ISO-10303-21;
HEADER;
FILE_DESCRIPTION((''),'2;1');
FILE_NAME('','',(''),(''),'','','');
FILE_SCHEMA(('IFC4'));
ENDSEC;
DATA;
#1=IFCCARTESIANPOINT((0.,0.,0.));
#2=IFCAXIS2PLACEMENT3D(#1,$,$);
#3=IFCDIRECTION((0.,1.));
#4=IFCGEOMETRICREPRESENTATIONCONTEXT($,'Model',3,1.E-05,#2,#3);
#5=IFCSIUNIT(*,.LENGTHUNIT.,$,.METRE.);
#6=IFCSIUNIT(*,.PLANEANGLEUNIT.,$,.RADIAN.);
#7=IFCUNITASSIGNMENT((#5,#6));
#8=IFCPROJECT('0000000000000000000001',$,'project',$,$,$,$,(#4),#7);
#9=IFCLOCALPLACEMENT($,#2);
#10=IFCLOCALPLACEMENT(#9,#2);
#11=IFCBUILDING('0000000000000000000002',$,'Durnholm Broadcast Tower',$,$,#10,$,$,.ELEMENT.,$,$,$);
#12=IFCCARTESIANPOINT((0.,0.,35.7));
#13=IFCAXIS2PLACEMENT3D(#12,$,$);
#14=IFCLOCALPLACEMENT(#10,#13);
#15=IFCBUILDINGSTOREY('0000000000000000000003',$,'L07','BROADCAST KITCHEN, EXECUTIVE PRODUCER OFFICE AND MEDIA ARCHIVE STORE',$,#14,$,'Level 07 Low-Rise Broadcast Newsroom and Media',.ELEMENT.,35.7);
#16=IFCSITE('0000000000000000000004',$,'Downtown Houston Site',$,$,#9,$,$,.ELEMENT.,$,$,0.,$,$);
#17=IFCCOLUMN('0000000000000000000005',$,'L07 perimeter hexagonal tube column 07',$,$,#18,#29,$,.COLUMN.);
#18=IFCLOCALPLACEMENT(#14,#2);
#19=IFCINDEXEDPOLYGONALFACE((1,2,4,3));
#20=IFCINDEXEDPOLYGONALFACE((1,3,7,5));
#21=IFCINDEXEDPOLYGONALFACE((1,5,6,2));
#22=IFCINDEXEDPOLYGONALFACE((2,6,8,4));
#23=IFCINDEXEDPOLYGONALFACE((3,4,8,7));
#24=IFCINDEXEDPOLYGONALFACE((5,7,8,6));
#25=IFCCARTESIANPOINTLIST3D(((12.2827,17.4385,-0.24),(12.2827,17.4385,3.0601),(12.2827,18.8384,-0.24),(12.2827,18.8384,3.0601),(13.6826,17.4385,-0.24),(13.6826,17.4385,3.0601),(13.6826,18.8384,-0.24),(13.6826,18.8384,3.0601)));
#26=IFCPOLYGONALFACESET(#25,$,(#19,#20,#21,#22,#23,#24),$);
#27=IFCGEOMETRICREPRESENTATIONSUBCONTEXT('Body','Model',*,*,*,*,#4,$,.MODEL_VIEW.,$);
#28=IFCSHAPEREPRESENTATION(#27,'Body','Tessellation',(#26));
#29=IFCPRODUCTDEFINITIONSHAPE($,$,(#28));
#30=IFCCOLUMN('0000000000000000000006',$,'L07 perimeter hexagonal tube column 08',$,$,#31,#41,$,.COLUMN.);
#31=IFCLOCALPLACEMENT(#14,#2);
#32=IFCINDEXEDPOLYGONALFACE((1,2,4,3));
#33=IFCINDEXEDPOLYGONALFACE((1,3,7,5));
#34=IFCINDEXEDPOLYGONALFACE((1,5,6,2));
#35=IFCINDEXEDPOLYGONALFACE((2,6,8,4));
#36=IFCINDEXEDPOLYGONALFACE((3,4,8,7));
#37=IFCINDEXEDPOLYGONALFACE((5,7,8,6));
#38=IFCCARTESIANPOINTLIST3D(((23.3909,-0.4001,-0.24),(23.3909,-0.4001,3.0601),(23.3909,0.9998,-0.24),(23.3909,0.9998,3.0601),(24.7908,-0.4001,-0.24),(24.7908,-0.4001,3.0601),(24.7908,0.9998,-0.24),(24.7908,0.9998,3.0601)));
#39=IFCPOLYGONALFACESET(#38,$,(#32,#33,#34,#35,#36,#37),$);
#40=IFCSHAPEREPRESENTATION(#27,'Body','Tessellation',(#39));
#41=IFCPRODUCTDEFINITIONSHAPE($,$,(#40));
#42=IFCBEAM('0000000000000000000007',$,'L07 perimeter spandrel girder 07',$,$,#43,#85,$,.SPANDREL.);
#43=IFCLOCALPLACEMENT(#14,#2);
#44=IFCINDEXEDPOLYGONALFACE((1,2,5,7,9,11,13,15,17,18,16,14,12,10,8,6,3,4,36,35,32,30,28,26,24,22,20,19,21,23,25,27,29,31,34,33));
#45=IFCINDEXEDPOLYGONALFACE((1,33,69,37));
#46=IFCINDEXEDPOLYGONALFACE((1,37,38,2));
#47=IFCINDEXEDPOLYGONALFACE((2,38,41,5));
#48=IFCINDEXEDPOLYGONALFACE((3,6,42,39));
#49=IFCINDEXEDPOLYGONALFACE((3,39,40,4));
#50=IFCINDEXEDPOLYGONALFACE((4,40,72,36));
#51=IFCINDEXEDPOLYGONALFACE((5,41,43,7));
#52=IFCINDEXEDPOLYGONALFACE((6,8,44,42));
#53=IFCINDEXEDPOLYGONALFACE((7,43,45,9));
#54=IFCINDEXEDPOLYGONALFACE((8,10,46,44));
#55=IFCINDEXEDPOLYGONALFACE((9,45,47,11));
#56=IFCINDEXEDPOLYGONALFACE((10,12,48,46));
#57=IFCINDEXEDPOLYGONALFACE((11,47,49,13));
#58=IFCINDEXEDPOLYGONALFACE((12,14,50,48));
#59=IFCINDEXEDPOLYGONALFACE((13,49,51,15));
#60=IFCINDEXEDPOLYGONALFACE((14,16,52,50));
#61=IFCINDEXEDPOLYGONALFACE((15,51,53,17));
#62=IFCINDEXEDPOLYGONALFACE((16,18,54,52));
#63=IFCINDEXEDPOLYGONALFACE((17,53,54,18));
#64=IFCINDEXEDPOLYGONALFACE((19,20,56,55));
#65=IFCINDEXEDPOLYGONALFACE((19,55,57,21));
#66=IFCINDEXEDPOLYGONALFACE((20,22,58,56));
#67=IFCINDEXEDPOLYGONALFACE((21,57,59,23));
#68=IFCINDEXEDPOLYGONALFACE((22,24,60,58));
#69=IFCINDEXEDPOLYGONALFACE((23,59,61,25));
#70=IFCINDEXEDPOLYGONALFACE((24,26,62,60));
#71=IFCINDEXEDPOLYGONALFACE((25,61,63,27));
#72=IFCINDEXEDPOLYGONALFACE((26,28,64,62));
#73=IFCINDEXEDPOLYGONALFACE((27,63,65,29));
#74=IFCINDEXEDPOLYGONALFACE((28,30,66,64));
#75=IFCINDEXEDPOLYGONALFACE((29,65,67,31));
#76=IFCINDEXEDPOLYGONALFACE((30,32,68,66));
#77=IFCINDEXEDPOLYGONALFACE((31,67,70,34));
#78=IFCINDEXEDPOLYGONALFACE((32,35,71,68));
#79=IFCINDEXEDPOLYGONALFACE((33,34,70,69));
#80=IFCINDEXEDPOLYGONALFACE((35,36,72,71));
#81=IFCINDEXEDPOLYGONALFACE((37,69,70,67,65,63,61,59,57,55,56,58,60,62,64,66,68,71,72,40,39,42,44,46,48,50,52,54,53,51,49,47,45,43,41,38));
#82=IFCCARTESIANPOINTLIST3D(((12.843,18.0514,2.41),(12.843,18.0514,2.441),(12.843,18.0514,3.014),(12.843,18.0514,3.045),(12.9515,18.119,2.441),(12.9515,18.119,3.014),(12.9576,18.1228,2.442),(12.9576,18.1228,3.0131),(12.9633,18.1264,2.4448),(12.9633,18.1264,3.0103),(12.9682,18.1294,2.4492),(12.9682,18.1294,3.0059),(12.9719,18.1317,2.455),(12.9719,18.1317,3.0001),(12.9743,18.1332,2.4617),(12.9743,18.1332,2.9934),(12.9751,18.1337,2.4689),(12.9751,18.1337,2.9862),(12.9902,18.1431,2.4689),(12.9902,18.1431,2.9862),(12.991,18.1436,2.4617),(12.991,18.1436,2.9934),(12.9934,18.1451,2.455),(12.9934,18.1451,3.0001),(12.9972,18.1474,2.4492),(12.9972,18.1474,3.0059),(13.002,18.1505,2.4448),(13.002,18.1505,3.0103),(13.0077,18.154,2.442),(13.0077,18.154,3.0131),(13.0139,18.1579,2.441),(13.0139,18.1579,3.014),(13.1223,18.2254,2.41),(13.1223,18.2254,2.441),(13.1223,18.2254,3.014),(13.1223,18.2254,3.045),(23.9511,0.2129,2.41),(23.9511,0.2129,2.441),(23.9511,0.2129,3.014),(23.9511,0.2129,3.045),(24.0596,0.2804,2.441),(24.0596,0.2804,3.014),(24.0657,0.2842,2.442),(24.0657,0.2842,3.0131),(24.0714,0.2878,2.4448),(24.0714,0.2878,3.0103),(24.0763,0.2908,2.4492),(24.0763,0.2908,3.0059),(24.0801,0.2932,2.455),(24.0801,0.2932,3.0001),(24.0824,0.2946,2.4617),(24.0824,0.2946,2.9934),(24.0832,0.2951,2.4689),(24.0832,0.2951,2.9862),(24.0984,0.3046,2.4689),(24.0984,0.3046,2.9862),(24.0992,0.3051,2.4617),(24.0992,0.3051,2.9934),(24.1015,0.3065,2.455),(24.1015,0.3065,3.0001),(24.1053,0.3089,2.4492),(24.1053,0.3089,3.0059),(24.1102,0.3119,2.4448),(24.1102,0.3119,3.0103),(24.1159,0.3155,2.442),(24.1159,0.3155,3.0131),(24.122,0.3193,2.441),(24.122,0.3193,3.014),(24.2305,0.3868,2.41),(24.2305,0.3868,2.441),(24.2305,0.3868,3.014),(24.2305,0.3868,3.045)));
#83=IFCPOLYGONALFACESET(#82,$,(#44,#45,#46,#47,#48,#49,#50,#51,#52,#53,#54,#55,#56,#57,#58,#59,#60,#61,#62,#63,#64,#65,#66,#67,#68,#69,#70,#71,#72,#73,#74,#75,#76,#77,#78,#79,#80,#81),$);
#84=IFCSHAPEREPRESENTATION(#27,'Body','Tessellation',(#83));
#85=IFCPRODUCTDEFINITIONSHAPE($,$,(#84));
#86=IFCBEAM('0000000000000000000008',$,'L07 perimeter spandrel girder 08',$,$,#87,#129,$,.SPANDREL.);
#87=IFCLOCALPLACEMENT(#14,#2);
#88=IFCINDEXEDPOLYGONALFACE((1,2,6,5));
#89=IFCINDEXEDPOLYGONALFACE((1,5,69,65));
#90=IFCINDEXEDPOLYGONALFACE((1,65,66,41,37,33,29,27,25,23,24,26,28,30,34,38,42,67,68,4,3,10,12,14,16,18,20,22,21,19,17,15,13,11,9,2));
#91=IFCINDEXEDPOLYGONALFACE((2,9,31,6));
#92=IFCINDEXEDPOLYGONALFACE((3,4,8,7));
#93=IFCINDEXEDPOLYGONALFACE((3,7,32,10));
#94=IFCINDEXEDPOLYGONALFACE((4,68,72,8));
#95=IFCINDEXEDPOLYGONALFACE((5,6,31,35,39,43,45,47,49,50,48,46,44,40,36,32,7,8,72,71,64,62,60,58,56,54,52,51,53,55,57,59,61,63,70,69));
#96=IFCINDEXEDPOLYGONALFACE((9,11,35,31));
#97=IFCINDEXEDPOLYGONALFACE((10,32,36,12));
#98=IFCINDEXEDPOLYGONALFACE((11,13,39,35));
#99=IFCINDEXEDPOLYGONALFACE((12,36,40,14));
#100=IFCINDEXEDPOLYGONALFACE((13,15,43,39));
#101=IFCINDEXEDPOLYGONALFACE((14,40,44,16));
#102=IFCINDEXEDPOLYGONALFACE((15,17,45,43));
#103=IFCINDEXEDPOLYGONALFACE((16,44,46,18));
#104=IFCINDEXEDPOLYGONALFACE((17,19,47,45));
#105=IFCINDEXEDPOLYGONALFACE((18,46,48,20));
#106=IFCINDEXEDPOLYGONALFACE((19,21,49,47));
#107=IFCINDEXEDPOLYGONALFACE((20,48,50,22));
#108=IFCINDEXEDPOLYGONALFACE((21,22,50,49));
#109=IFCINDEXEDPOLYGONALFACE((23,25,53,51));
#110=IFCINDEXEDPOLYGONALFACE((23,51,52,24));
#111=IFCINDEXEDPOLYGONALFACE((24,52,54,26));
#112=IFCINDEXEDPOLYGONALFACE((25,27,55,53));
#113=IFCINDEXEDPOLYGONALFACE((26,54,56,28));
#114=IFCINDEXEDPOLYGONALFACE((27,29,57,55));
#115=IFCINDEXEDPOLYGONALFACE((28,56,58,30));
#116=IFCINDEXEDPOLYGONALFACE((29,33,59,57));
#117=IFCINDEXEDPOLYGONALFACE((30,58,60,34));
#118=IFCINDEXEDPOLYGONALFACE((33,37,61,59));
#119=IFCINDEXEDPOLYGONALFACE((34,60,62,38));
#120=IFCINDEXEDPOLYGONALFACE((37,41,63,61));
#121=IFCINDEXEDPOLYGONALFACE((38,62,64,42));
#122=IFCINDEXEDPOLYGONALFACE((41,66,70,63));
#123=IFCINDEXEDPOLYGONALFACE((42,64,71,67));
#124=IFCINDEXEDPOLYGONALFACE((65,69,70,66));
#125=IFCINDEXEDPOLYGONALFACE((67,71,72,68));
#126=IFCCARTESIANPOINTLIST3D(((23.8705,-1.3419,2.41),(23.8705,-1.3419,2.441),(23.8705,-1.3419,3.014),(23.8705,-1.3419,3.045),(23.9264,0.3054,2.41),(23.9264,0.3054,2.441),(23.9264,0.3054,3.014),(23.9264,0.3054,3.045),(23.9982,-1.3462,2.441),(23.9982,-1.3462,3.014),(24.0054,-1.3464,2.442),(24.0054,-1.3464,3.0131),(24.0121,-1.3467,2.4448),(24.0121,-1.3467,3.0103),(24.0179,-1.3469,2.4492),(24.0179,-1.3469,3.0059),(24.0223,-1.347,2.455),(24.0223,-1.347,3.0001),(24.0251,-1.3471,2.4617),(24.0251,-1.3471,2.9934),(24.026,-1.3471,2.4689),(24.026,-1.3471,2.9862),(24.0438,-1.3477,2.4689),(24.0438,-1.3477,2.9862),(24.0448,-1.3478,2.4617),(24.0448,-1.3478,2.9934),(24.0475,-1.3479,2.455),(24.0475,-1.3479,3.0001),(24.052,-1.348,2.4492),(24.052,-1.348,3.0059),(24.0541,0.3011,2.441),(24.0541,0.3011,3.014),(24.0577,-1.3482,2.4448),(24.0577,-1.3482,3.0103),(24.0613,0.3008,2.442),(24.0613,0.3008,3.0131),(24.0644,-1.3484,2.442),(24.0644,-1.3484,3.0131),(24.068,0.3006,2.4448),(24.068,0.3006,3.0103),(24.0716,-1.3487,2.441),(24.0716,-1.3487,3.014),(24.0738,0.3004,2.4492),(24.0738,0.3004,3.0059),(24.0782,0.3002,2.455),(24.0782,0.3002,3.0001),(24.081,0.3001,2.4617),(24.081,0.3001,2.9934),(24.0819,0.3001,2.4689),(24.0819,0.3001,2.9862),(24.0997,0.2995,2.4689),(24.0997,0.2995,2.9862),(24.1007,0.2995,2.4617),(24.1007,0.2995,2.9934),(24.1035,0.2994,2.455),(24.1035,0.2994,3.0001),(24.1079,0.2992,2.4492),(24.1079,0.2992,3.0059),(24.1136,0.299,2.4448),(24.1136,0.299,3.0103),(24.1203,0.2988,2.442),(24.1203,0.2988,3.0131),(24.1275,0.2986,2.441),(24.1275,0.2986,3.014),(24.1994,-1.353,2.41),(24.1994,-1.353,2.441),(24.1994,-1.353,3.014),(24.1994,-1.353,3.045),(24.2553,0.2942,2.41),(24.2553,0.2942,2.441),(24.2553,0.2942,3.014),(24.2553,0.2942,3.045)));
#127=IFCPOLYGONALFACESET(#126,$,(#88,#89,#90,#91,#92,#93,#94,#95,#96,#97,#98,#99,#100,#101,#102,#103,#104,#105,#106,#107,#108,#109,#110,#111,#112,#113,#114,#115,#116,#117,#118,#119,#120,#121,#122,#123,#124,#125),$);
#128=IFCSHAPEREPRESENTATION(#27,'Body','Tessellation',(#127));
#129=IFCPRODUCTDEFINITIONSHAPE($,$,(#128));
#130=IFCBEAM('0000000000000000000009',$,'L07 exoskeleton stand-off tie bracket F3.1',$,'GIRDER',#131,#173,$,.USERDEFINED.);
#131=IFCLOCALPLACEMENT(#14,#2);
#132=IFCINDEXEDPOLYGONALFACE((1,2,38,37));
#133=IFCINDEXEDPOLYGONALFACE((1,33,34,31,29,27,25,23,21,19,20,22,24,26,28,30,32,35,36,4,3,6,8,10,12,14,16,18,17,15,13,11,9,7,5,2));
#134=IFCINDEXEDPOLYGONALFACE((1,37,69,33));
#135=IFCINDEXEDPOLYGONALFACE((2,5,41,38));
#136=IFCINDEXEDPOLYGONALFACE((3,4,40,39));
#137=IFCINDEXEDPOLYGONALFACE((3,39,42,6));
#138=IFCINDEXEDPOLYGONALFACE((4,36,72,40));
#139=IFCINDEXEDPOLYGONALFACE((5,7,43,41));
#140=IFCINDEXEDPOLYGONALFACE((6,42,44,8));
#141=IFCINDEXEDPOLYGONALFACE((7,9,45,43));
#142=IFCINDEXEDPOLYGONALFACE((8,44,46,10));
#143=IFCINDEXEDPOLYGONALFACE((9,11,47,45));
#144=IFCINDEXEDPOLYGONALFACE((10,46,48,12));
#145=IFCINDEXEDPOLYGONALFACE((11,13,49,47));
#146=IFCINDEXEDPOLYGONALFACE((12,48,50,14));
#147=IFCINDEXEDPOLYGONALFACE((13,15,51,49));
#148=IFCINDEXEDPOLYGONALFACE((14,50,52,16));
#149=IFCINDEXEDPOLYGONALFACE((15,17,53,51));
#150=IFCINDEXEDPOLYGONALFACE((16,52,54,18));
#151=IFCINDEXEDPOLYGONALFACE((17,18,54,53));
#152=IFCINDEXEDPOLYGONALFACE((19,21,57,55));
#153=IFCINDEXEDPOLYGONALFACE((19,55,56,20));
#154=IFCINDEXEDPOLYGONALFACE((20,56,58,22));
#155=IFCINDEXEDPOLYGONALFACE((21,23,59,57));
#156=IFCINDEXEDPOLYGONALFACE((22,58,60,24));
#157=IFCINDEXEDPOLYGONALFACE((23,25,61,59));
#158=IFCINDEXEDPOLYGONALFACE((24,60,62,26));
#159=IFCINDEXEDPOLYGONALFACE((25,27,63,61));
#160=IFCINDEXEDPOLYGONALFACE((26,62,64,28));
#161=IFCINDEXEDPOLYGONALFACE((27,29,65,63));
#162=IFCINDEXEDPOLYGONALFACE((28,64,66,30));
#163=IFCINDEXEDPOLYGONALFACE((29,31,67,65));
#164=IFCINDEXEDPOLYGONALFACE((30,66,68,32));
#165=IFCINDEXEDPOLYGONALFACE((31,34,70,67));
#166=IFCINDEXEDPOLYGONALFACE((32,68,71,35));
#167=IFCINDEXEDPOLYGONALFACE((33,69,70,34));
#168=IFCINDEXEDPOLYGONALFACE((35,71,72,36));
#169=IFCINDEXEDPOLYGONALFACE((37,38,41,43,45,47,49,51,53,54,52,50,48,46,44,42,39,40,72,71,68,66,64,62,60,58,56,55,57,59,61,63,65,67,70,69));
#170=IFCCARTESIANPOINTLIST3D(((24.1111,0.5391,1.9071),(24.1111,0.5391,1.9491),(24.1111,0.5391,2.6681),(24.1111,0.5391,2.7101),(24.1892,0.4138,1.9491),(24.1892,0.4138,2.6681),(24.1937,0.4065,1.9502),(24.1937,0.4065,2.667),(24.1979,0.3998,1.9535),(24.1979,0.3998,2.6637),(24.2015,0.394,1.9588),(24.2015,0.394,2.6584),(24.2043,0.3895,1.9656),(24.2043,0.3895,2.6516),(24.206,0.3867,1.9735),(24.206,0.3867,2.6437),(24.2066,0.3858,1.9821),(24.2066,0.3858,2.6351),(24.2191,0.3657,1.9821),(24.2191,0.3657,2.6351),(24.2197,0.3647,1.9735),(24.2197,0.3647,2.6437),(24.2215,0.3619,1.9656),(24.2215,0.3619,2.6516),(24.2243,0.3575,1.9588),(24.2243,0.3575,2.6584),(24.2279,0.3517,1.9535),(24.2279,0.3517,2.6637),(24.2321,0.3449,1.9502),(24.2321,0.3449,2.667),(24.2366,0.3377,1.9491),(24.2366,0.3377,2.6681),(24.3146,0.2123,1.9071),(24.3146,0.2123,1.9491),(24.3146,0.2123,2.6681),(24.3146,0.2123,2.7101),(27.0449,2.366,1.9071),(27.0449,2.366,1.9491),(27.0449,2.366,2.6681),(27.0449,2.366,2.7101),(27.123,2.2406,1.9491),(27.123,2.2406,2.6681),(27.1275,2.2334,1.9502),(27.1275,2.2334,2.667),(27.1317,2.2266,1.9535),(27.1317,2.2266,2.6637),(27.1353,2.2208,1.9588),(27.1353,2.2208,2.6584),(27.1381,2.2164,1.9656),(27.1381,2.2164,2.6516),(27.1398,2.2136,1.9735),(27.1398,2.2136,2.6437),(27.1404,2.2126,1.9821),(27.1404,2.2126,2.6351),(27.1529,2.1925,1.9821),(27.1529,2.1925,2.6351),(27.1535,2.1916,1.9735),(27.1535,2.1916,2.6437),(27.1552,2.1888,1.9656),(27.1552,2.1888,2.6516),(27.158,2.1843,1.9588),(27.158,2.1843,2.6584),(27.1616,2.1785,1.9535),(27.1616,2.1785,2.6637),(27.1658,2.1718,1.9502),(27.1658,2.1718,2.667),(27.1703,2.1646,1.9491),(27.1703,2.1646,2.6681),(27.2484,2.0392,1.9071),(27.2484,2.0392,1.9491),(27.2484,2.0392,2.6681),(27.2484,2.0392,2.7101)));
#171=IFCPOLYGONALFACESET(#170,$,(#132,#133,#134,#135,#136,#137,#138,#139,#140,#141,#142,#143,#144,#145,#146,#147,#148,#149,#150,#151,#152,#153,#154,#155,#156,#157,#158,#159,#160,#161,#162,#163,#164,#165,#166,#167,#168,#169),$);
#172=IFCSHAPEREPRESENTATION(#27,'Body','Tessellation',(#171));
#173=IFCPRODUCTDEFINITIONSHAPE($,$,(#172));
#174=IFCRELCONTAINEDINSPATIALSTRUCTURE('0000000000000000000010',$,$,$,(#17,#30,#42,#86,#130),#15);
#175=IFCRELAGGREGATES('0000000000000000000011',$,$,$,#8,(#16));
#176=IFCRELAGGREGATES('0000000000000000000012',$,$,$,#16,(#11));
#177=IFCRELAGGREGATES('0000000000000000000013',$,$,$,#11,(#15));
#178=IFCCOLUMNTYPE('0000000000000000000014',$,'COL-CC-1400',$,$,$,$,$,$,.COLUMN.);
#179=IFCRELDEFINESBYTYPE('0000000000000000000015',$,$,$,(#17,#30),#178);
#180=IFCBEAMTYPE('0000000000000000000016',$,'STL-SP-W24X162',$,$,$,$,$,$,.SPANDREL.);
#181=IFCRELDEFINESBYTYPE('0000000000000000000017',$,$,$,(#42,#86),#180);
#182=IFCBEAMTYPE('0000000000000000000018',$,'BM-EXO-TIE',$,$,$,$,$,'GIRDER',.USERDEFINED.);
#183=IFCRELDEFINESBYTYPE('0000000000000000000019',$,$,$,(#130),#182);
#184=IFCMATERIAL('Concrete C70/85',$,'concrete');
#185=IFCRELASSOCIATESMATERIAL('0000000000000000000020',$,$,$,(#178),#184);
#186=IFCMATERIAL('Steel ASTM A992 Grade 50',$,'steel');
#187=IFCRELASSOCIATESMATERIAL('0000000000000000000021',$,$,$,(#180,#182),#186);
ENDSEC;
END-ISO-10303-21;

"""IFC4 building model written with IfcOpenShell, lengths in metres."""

from ifc_helpers import new_model, si_unit, direction, frame, origin, origin_2d, place, context, subcontext, project, spatial, rectangle, i_section, extrude, source, transform, mapped, material, material_profile, profile_set, type_object, type_shapes, element, save


model = new_model("IFC4")

# Units and contexts
model_context = context("Model", 3, precision=1e-05, world=origin(), true_north=direction((0.0, 1.0)))
body_context = subcontext(model_context, "Body", "Model", "MODEL_VIEW")
ifc_project = project(units=[si_unit("LENGTHUNIT", "METRE"), si_unit("PLANEANGLEUNIT", "RADIAN")], contexts=[model_context])

# Site, building, storey
site_placement = place(None, origin())
site = spatial("IfcSite", under=ifc_project, at=site_placement, Name="Downtown Houston Site", CompositionType="ELEMENT", RefElevation=0.0)
building_placement = place(site_placement, origin())
building = spatial("IfcBuilding", under=site, at=building_placement, Name="Durnholm Broadcast Tower", CompositionType="ELEMENT")
storey_placement = place(building_placement, frame((0.0, 0.0, 35.7)))
storey = spatial("IfcBuildingStorey", under=building, at=storey_placement, Name="L07", Description="BROADCAST KITCHEN, EXECUTIVE PRODUCER OFFICE AND MEDIA ARCHIVE STORE", LongName="Level 07 Low-Rise Broadcast Newsroom and Media", CompositionType="ELEMENT", Elevation=35.7)

# Columns
ifc_material_1 = material(Name="Concrete C70/85", Category="concrete")
ifc_material_profile_1 = material_profile(ifc_material_1, rectangle(XDim=1.3999, YDim=1.3999, at=origin_2d()), Name="RC1400X1400")
ifc_profile_set_1 = profile_set([ifc_material_profile_1], Name="Concrete C70/85")
column_type = type_object("IfcColumnType", Name="COL-CC-1400", PredefinedType="COLUMN", material=ifc_profile_set_1)
shared_shape_1 = source(origin(), body_context, "Body", "SweptSolid", [
    extrude(rectangle(XDim=1.3999, YDim=1.3999, at=origin_2d()), origin(), (0.0, 0.0, 1.0), 3.3),
])
type_shapes(column_type, [shared_shape_1])
for number, where, z_axis, x_axis, name in (
    (1, (12.9827, 18.1384, -0.24), (0.0, 0.0, 1.0), (1.0, 0.0, 0.0), "L07 perimeter hexagonal tube column 07"),
    (2, (24.0908, 0.2998, -0.24), (0.0, 0.0, 1.0), (1.0, 0.0, 0.0), "L07 perimeter hexagonal tube column 08"),
):
    element("IfcColumn", number, at=place(storey_placement, frame(where, z_axis=z_axis, x_axis=x_axis)), inside=storey, type_object=column_type, Name=name, PredefinedType="COLUMN", context=body_context, shape_type="MappedRepresentation", body=[
        mapped(shared_shape_1, transform((0.0, 0.0, 0.0), x_axis=(1.0, 0.0, 0.0), y_axis=(0.0, 1.0, 0.0), z_axis=(0.0, 0.0, 1.0), scale=1.0)),
    ])

# Beams
ifc_material_2 = material(Name="Steel ASTM A992 Grade 50", Category="steel")
ifc_material_profile_2 = material_profile(ifc_material_2, i_section(OverallWidth=0.3291, OverallDepth=0.635, WebThickness=0.0178, FlangeThickness=0.031, FilletRadius=0.0278, at=origin_2d()), Name="W24X162")
ifc_profile_set_2 = profile_set([ifc_material_profile_2], Name="Steel ASTM A992 Grade 50")
beam_type_1 = type_object("IfcBeamType", Name="STL-SP-W24X162", PredefinedType="SPANDREL", material=ifc_profile_set_2)
shared_shape_2 = source(origin(), body_context, "Body", "SweptSolid", [
    extrude(i_section(OverallWidth=0.3291, OverallDepth=0.635, WebThickness=0.0178, FlangeThickness=0.031, FilletRadius=0.0278, at=origin_2d()), origin(), (0.0, 0.0, 1.0), 21.0144),
])
beam_1_placement = place(storey_placement, frame((12.9827, 18.1384, 2.7275), z_axis=(0.528596, -0.848874, 0.0), x_axis=(0.848874, 0.528596, 0.0)))
element("IfcBeam", 3, at=beam_1_placement, inside=storey, type_object=beam_type_1, Name="L07 perimeter spandrel girder 07", PredefinedType="SPANDREL", context=body_context, shape_type="MappedRepresentation", body=[
    mapped(shared_shape_2, transform((0.0, 0.0, 0.0), x_axis=(1.0, 0.0, 0.0), y_axis=(0.0, 1.0, 0.0), z_axis=(0.0, 0.0, 1.0), scale=1.0)),
])
shared_shape_3 = source(origin(), body_context, "Body", "SweptSolid", [
    extrude(i_section(OverallWidth=0.3291, OverallDepth=0.635, WebThickness=0.0178, FlangeThickness=0.031, FilletRadius=0.0278, at=origin_2d()), origin(), (0.0, 0.0, 1.0), 1.6482),
])
type_shapes(beam_type_1, [shared_shape_2, shared_shape_3])
beam_2_placement = place(storey_placement, frame((24.0908, 0.2998, 2.7275), z_axis=(-0.033921, -0.999425, 0.0), x_axis=(0.999425, -0.033921, 0.0)))
element("IfcBeam", 4, at=beam_2_placement, inside=storey, type_object=beam_type_1, Name="L07 perimeter spandrel girder 08", PredefinedType="SPANDREL", context=body_context, shape_type="MappedRepresentation", body=[
    mapped(shared_shape_3, transform((0.0, 0.0, 0.0), x_axis=(1.0, 0.0, 0.0), y_axis=(0.0, 1.0, 0.0), z_axis=(0.0, 0.0, 1.0), scale=1.0)),
])
ifc_material_profile_3 = material_profile(ifc_material_2, i_section(OverallWidth=0.385, OverallDepth=0.803, WebThickness=0.0237, FlangeThickness=0.042, FilletRadius=0.033, at=origin_2d()), Name="W30X261")
ifc_profile_set_3 = profile_set([ifc_material_profile_3], Name="Steel ASTM A992 Grade 50")
beam_type_2 = type_object("IfcBeamType", Name="BM-EXO-TIE", ElementType="GIRDER", PredefinedType="USERDEFINED", material=ifc_profile_set_3)
shared_shape_4 = source(origin(), body_context, "Body", "SweptSolid", [
    extrude(i_section(OverallWidth=0.385, OverallDepth=0.803, WebThickness=0.0237, FlangeThickness=0.042, FilletRadius=0.033, at=origin_2d()), origin(), (0.0, 0.0, 1.0), 3.4561),
])
for number, where, z_axis, x_axis, name in (
    (5, (24.2129, 0.3757, 2.3086), (0.848874, 0.528595, 0.0), (-0.528595, 0.848874, 0.0), "L07 exoskeleton stand-off tie bracket F3.1"),
):
    element("IfcBeam", number, at=place(storey_placement, frame(where, z_axis=z_axis, x_axis=x_axis)), inside=storey, type_object=beam_type_2, Name=name, ObjectType="GIRDER", PredefinedType="USERDEFINED", context=body_context, shape_type="MappedRepresentation", body=[
        mapped(shared_shape_4, transform((0.0, 0.0, 0.0), x_axis=(1.0, 0.0, 0.0), y_axis=(0.0, 1.0, 0.0), z_axis=(0.0, 0.0, 1.0), scale=1.0)),
    ])

save(model, "model.ifc")
